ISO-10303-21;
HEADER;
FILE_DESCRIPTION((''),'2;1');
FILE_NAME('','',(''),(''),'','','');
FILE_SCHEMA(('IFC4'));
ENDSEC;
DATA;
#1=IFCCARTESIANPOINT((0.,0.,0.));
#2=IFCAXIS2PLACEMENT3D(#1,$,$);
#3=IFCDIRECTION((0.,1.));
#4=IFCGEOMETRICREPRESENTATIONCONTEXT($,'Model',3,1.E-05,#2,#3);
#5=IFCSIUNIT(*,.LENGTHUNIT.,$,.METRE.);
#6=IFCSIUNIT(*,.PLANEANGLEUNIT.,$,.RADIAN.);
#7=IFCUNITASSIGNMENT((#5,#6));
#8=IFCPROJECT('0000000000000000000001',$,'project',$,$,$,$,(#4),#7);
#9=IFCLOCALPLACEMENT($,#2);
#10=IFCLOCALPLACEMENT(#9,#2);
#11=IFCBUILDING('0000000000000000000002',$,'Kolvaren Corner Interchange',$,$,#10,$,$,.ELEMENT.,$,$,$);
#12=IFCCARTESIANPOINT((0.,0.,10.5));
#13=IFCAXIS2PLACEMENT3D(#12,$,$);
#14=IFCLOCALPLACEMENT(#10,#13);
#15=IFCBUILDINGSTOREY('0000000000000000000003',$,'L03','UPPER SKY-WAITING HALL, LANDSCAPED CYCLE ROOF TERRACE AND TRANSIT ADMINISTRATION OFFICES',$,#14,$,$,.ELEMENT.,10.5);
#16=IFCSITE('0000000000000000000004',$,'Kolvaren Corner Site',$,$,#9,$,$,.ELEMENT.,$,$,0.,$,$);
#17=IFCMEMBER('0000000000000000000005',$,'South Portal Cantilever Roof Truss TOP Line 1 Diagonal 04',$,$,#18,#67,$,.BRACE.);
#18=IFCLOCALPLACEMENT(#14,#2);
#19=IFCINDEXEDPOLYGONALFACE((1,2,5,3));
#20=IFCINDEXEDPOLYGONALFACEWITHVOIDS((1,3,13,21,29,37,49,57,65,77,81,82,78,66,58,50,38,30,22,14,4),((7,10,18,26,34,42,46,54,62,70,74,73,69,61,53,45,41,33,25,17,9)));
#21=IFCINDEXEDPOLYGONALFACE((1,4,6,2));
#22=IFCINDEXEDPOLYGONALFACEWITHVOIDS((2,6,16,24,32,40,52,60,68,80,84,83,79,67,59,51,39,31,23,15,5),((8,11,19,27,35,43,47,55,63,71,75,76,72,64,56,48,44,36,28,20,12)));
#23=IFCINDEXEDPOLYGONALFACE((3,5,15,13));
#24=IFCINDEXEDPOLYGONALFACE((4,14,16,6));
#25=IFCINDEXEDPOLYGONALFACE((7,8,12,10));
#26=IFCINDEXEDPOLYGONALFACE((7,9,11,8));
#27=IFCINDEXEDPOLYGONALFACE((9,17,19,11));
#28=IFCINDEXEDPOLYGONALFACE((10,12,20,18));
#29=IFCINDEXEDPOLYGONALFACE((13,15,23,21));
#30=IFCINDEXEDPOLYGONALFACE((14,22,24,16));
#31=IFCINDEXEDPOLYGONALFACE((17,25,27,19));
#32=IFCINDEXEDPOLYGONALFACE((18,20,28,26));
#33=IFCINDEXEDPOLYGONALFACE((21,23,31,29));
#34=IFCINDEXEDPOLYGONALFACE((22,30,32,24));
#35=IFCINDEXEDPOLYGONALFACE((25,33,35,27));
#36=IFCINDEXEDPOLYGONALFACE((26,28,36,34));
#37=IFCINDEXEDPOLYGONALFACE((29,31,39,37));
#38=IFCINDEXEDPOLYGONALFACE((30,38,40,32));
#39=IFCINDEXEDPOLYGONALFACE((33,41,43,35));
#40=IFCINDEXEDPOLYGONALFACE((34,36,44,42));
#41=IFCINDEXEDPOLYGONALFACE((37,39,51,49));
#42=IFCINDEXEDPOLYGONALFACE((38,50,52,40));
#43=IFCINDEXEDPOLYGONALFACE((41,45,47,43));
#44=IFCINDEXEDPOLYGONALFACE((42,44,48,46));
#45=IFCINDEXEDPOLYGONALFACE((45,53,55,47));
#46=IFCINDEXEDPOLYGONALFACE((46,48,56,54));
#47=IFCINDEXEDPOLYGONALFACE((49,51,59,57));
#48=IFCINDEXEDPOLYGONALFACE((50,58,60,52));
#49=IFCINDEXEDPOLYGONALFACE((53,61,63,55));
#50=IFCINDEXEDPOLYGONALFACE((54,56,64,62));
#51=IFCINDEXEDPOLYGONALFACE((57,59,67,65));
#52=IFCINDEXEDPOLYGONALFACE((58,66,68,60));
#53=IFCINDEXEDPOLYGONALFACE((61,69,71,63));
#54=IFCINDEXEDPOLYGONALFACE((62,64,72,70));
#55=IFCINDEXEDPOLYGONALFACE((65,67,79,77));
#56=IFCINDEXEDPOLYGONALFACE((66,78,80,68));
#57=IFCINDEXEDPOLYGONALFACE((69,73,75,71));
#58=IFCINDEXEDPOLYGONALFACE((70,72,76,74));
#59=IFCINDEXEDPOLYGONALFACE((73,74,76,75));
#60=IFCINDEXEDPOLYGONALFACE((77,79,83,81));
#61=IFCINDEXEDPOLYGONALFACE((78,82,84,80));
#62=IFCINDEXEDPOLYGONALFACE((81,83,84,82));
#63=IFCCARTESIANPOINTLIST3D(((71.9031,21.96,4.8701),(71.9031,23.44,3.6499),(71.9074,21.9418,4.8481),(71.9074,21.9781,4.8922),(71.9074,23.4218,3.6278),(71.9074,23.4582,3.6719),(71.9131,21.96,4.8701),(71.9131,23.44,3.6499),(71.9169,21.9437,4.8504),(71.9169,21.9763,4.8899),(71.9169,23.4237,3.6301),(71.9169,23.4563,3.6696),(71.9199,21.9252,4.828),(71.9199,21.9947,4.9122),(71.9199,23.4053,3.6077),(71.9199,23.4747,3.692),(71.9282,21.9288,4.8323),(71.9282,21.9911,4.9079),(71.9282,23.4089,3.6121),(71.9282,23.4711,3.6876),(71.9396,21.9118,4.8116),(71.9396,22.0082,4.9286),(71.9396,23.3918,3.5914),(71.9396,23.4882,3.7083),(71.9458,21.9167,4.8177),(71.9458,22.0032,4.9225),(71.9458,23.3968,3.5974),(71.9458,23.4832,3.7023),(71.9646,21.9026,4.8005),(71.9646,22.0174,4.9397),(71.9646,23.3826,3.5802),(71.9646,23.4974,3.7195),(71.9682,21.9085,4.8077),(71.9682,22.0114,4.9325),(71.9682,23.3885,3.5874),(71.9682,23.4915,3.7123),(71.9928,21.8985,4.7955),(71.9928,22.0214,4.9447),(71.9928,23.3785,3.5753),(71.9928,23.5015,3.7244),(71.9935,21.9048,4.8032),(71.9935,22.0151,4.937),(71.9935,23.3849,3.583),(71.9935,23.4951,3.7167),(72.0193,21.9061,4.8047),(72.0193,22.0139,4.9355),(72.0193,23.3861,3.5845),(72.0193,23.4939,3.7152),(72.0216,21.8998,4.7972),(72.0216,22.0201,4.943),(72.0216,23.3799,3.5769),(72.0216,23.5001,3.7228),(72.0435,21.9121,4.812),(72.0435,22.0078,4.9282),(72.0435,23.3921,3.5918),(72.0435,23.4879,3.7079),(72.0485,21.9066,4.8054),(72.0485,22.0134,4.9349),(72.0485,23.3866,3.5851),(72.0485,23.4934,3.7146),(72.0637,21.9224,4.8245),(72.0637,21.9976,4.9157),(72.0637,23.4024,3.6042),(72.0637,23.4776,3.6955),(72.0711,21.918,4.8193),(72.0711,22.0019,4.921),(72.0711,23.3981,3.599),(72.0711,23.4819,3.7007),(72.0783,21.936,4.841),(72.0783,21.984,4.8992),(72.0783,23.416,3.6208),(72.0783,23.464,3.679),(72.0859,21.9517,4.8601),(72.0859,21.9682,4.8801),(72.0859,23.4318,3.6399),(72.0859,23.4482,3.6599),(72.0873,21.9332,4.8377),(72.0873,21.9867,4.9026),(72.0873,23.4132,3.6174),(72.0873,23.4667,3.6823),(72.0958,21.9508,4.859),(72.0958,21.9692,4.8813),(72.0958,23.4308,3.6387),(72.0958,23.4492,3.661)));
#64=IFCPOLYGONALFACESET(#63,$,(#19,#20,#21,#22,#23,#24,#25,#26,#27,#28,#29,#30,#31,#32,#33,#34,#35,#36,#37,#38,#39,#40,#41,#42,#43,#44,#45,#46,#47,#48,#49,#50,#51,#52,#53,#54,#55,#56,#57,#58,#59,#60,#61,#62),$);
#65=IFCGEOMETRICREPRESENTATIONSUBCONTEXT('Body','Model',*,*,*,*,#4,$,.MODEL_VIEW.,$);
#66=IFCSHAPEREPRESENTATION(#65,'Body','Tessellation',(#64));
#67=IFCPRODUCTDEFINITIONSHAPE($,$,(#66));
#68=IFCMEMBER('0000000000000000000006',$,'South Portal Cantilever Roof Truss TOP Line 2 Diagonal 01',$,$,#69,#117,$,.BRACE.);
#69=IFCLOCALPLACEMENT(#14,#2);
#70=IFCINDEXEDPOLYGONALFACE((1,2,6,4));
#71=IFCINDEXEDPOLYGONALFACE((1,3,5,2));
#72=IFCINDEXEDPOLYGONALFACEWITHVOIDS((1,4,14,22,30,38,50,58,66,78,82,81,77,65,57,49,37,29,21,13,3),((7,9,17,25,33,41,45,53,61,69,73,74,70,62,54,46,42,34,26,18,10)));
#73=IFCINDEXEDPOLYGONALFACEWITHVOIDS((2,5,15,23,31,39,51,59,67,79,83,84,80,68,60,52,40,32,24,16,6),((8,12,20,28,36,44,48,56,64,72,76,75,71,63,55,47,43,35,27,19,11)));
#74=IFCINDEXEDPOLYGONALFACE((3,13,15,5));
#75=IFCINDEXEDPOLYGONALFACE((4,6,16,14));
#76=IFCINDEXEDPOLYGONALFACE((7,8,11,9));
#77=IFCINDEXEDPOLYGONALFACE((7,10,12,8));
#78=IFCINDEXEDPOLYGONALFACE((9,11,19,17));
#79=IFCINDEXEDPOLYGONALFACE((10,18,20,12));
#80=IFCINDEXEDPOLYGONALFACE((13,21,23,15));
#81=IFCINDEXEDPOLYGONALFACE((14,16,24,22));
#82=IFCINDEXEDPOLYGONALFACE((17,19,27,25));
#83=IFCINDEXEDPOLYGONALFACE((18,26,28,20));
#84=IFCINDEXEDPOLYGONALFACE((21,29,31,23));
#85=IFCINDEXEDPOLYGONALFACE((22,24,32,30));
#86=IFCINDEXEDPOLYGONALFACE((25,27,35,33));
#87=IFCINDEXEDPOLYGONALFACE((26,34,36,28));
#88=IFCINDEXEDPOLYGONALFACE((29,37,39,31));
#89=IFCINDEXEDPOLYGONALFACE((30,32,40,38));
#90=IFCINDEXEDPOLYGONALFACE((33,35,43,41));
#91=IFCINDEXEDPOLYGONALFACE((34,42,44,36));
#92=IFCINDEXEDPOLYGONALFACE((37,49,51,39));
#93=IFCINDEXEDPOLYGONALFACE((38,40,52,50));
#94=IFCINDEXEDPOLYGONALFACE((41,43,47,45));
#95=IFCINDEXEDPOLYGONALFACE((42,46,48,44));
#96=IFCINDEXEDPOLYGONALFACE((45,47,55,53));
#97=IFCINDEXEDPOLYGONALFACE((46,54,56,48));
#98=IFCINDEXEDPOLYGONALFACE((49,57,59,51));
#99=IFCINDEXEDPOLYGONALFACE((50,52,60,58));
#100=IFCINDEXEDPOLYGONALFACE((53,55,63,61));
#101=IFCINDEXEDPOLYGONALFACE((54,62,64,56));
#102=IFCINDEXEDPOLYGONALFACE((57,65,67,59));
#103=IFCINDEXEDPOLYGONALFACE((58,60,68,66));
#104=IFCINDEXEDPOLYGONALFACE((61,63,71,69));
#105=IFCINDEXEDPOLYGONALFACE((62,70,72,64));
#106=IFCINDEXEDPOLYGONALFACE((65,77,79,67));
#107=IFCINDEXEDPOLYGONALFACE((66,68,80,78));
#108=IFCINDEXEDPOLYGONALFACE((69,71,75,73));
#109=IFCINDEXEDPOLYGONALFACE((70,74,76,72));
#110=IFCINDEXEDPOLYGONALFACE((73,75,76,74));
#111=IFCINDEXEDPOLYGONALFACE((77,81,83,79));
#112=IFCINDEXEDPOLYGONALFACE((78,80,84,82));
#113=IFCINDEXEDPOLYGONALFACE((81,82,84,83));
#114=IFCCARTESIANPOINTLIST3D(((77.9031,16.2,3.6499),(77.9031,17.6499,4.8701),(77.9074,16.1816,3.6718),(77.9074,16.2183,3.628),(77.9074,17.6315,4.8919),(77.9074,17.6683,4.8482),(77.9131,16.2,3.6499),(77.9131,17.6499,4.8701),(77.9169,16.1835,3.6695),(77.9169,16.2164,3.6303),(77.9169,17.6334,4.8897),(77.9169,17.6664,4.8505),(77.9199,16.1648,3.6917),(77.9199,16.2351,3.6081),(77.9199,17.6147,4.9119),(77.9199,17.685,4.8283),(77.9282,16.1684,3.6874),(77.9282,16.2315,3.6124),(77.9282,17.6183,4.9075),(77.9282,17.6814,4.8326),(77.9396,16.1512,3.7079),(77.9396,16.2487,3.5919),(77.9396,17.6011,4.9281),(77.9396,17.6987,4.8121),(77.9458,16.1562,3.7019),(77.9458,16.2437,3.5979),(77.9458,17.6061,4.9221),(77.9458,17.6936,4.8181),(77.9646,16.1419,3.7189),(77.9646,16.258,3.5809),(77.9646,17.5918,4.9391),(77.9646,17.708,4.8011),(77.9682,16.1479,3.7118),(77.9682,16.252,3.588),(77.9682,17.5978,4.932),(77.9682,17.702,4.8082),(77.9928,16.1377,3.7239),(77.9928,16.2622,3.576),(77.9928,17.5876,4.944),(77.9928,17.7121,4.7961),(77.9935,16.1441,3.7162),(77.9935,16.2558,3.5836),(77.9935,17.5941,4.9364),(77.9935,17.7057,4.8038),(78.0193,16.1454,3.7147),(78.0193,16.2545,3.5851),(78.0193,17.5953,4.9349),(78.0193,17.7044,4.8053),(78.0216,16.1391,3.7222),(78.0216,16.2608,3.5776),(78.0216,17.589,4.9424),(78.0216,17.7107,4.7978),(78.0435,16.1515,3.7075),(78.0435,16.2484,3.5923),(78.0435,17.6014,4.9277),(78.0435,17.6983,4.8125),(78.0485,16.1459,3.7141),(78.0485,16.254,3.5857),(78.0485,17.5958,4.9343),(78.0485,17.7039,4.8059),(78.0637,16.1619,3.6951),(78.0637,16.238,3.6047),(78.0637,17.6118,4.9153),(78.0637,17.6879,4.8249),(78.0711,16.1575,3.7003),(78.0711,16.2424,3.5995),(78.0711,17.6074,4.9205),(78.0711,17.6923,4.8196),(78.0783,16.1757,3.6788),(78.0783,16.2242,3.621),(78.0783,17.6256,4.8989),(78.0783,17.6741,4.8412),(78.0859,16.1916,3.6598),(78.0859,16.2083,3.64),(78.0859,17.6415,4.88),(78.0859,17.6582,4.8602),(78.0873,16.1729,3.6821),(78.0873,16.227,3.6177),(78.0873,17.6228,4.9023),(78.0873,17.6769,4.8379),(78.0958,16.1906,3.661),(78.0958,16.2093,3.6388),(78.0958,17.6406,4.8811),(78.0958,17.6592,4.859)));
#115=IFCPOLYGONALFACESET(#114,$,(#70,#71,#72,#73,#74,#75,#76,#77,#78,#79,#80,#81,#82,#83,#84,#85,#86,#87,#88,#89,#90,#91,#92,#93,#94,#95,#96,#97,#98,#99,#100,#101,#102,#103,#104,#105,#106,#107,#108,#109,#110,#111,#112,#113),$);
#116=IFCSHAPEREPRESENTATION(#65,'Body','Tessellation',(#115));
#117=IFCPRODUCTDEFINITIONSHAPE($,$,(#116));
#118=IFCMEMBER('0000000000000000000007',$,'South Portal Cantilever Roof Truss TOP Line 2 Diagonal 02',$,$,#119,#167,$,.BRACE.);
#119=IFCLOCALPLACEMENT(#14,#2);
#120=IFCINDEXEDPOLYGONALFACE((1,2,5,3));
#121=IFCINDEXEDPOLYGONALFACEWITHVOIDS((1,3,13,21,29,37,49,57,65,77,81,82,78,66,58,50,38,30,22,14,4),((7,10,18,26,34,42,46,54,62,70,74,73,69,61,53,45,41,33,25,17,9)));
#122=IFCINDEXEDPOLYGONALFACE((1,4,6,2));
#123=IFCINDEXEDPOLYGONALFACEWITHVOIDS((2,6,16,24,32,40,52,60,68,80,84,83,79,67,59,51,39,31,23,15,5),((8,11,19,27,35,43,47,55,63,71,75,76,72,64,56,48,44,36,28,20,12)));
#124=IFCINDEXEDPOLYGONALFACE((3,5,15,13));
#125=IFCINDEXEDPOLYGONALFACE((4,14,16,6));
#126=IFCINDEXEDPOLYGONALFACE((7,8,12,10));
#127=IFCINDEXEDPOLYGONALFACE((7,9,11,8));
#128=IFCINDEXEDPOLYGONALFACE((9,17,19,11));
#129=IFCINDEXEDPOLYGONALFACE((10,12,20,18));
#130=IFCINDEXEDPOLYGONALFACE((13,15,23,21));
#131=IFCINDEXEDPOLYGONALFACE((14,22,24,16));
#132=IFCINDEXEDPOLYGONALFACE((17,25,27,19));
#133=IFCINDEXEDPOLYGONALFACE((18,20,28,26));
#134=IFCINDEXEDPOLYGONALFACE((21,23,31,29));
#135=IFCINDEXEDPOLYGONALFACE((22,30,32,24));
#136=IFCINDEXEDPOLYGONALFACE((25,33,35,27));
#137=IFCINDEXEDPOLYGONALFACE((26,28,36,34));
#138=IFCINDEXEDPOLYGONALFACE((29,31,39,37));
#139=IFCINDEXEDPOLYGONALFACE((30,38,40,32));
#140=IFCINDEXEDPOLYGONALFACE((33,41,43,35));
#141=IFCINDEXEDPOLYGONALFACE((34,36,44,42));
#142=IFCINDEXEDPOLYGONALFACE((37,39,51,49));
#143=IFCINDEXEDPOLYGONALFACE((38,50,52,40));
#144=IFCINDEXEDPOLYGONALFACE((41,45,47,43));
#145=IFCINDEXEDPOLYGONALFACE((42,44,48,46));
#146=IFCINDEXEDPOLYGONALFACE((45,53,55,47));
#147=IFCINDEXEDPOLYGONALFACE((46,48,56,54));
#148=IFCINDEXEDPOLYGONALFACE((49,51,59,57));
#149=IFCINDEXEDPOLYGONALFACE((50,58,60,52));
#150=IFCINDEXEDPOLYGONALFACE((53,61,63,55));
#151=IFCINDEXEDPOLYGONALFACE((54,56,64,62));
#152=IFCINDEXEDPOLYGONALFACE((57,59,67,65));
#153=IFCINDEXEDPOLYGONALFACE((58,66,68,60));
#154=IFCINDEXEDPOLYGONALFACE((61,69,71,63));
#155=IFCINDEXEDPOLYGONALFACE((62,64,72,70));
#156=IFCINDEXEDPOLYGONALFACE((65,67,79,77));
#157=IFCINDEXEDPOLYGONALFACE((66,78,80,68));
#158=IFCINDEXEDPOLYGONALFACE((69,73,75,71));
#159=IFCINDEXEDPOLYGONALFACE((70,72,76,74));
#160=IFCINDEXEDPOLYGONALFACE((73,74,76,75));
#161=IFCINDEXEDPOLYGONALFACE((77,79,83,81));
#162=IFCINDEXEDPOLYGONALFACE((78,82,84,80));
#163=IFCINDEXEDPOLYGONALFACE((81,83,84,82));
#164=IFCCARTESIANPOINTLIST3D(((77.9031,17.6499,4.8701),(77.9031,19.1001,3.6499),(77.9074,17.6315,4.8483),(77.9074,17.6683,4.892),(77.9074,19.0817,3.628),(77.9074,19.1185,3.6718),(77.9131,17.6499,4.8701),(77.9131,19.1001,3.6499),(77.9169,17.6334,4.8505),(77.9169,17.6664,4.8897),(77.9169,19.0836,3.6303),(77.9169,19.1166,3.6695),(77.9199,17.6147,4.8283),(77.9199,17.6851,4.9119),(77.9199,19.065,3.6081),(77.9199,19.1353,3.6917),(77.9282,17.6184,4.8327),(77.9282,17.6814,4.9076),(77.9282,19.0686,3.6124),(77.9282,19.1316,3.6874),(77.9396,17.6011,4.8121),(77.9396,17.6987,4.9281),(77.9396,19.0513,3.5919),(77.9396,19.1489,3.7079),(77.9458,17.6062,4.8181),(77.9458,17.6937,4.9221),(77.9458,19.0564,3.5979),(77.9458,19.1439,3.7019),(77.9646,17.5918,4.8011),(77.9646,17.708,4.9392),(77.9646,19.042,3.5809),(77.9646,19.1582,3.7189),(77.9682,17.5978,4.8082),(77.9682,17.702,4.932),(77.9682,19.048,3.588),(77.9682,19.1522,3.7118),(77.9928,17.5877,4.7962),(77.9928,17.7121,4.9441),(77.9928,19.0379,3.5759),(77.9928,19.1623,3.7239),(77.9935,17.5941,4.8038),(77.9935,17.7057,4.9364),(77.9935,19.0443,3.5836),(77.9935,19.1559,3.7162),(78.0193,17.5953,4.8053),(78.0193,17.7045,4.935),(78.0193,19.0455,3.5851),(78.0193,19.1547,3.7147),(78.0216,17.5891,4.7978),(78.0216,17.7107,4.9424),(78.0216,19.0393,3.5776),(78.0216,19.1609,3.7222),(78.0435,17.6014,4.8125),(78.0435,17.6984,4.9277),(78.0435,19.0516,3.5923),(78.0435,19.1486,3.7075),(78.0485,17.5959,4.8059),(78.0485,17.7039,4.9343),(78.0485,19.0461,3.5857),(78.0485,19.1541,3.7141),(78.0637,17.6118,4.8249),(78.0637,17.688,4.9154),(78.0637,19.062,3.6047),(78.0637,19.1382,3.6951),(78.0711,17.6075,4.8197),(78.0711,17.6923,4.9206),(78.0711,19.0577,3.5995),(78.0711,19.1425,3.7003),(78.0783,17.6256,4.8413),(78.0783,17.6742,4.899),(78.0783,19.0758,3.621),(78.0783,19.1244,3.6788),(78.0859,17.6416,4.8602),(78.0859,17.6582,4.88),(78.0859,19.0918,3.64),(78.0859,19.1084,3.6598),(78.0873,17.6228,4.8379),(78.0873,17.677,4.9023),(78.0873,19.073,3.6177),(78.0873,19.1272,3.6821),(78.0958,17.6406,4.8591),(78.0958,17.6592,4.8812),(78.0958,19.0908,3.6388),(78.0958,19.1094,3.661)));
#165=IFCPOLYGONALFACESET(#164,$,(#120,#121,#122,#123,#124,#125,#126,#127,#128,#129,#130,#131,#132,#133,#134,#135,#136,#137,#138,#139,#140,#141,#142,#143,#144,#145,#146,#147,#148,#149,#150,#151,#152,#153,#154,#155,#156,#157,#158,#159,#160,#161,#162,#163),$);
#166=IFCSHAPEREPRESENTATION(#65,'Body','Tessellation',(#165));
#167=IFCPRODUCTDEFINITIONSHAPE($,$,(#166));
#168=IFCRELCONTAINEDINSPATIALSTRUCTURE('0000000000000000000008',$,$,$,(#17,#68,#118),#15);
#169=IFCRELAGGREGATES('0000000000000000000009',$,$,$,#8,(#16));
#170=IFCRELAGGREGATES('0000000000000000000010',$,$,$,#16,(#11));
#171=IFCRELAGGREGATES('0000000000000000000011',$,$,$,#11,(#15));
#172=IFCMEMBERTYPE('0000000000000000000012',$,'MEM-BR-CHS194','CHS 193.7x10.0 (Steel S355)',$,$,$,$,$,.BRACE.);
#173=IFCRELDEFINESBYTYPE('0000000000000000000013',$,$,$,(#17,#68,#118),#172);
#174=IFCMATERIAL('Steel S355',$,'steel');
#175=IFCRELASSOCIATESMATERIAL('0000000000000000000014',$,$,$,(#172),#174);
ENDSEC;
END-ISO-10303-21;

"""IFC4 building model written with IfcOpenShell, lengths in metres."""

from ifc_helpers import new_model, si_unit, direction, frame, origin, origin_2d, place, context, subcontext, project, spatial, hollow_circle, extrude, material, material_profile, profile_set, type_object, element, save


model = new_model("IFC4")

# Units and contexts
model_context = context("Model", 3, precision=1e-05, world=origin(), true_north=direction((0.0, 1.0)))
body_context = subcontext(model_context, "Body", "Model", "MODEL_VIEW")
ifc_project = project(units=[si_unit("LENGTHUNIT", "METRE"), si_unit("PLANEANGLEUNIT", "RADIAN")], contexts=[model_context])

# Site, building, storey
site_placement = place(None, origin())
site = spatial("IfcSite", under=ifc_project, at=site_placement, Name="Kolvaren Corner Site", CompositionType="ELEMENT", RefElevation=0.0)
building_placement = place(site_placement, origin())
building = spatial("IfcBuilding", under=site, at=building_placement, Name="Kolvaren Corner Interchange", CompositionType="ELEMENT")
storey_placement = place(building_placement, frame((0.0, 0.0, 10.5)))
storey = spatial("IfcBuildingStorey", under=building, at=storey_placement, Name="L03", Description="UPPER SKY-WAITING HALL, LANDSCAPED CYCLE ROOF TERRACE AND TRANSIT ADMINISTRATION OFFICES", CompositionType="ELEMENT", Elevation=10.5)

# Members
ifc_material_1 = material(Name="Steel S355", Category="steel")
ifc_material_profile_1 = material_profile(ifc_material_1, hollow_circle(Radius=0.0969, WallThickness=0.01, at=origin_2d()), Name="CHS 193.7x10.0")
ifc_profile_set_1 = profile_set([ifc_material_profile_1], Name="Steel S355")
member_type_1 = type_object("IfcMemberType", Name="MEM-BR-CHS194", Description="CHS 193.7x10.0 (Steel S355)", PredefinedType="BRACE", material=ifc_profile_set_1)
for number, where, z_axis, x_axis, name in (
    (1, (72.0, 21.96, 4.8701), (0.0, 0.77157, -0.636144), (-1.0, 0.0, 0.0), "South Portal Cantilever Roof Truss TOP Line 1 Diagonal 04"),
):
    element("IfcMember", number, at=place(storey_placement, frame(where, z_axis=z_axis, x_axis=x_axis)), inside=storey, type_object=member_type_1, Name=name, PredefinedType="BRACE", context=body_context, shape_type="SweptSolid", body=[
        extrude(hollow_circle(Radius=0.0969, WallThickness=0.01, at=origin_2d()), origin(), (0.0, 0.0, 1.0), 1.9182),
    ])
member_1_placement = place(storey_placement, frame((78.0, 16.2, 3.6499), z_axis=(0.0, 0.765118, 0.64389), x_axis=(-1.0, 0.0, 0.0)))
element("IfcMember", 2, at=member_1_placement, inside=storey, type_object=member_type_1, Name="South Portal Cantilever Roof Truss TOP Line 2 Diagonal 01", PredefinedType="BRACE", context=body_context, shape_type="SweptSolid", body=[
    extrude(hollow_circle(Radius=0.0969, WallThickness=0.01, at=origin_2d()), origin(), (0.0, 0.0, 1.0), 1.895),
])
member_2_placement = place(storey_placement, frame((78.0, 17.6499, 4.8701), z_axis=(0.0, 0.765172, -0.643826), x_axis=(-1.0, 0.0, 0.0)))
element("IfcMember", 3, at=member_2_placement, inside=storey, type_object=member_type_1, Name="South Portal Cantilever Roof Truss TOP Line 2 Diagonal 02", PredefinedType="BRACE", context=body_context, shape_type="SweptSolid", body=[
    extrude(hollow_circle(Radius=0.0969, WallThickness=0.01, at=origin_2d()), origin(), (0.0, 0.0, 1.0), 1.8953),
])

save(model, "model.ifc")
